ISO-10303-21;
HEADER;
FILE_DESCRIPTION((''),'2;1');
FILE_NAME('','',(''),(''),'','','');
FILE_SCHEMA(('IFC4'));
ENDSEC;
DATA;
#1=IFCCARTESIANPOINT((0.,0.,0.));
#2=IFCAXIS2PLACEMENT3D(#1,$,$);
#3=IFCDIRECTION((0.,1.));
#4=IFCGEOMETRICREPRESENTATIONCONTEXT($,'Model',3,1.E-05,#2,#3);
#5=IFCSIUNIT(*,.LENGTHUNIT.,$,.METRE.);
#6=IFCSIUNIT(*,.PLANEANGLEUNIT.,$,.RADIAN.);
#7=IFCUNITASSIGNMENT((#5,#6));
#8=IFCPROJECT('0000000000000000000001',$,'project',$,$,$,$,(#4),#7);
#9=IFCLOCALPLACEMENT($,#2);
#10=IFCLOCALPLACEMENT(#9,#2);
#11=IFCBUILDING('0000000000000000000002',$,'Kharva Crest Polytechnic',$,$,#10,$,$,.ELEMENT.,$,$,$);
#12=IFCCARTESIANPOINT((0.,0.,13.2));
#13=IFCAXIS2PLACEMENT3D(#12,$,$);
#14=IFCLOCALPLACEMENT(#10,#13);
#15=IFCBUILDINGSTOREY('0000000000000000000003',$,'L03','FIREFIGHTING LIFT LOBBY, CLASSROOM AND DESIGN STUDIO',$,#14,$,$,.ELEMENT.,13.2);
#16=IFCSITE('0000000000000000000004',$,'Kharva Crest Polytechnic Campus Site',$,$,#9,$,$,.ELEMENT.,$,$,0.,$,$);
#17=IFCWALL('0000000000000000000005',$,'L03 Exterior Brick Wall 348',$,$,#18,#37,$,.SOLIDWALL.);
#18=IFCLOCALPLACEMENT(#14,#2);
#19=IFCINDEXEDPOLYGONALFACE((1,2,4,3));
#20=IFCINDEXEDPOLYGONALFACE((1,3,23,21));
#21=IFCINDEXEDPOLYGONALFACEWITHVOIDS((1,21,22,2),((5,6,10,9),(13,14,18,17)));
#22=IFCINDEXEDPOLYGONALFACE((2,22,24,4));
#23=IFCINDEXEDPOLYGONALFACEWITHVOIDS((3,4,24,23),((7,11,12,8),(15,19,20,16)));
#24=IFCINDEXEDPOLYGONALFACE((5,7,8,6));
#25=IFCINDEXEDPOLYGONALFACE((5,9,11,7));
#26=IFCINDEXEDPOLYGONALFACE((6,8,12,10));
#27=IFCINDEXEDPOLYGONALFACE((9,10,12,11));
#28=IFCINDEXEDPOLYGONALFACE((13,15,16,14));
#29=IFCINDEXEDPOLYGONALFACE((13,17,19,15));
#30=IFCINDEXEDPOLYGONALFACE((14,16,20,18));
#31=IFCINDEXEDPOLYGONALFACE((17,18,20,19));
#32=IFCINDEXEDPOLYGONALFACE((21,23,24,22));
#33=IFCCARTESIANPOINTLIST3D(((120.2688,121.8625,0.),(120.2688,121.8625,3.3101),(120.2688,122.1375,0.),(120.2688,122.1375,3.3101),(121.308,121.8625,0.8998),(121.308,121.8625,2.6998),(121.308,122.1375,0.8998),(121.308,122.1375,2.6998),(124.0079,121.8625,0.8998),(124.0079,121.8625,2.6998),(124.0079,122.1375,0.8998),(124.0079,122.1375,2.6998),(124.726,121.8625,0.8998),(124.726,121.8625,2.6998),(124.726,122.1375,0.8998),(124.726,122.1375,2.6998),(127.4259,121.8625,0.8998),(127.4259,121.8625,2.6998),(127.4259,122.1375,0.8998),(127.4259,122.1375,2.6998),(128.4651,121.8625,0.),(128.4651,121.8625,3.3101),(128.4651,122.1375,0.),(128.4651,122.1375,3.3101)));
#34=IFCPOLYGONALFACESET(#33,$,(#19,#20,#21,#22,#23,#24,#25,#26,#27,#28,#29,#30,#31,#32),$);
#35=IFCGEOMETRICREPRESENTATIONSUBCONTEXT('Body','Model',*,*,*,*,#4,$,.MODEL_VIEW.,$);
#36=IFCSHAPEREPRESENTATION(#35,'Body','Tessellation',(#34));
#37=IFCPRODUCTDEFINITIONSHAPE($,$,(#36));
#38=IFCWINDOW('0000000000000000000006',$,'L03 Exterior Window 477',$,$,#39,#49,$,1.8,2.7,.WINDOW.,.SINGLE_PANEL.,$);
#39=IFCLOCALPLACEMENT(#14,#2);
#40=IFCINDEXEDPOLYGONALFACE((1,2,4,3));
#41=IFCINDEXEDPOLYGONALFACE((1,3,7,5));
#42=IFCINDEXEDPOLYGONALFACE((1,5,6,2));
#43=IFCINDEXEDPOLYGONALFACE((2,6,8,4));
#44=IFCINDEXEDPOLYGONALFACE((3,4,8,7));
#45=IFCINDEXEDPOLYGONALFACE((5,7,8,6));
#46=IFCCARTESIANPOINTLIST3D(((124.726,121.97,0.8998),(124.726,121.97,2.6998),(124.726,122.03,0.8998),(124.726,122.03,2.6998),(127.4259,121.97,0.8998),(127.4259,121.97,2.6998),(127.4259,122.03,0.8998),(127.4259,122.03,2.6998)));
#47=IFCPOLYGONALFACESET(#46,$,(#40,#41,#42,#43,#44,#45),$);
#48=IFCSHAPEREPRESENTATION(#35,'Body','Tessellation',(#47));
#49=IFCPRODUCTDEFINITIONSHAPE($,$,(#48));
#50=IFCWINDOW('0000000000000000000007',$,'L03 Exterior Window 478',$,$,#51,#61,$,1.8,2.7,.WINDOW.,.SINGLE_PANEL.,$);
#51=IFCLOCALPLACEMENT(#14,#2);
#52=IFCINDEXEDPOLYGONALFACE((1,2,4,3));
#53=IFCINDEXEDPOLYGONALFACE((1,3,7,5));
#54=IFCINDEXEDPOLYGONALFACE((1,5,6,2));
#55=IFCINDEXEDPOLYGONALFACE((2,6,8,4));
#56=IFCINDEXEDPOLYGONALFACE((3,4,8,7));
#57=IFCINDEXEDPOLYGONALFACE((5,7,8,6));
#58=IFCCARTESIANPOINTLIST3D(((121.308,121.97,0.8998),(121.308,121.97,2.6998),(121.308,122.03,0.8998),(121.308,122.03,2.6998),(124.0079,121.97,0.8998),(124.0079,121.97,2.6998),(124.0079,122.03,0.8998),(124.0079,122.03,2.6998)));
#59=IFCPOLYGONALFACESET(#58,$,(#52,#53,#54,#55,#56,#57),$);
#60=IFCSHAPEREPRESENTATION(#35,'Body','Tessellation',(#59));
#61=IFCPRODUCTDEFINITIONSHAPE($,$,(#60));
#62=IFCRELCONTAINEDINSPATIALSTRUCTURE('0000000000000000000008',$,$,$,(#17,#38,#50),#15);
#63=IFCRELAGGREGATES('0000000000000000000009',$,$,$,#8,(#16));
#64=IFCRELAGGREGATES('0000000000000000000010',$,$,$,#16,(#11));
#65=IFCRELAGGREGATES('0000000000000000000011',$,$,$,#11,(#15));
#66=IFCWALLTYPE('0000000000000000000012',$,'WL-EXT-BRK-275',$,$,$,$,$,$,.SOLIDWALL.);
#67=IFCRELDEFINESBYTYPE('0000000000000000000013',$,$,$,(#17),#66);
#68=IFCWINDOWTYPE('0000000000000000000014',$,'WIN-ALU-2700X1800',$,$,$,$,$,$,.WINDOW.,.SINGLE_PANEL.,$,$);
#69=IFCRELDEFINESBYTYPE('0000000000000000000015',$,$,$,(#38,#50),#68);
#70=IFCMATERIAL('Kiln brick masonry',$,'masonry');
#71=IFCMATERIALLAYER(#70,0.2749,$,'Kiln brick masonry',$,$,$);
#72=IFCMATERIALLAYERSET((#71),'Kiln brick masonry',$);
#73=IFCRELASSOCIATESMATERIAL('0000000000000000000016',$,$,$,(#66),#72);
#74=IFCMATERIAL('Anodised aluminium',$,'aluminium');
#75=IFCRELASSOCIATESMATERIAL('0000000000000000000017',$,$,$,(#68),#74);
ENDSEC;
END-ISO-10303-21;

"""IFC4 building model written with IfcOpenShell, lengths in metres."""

from ifc_helpers import new_model, si_unit, direction, frame, frame_2d, origin, place, context, subcontext, project, spatial, rectangle, extrude, material, layer, layer_set, type_object, element, fill, save


model = new_model("IFC4")

# Units and contexts
model_context = context("Model", 3, precision=1e-05, world=origin(), true_north=direction((0.0, 1.0)))
body_context = subcontext(model_context, "Body", "Model", "MODEL_VIEW")
ifc_project = project(units=[si_unit("LENGTHUNIT", "METRE"), si_unit("PLANEANGLEUNIT", "RADIAN")], contexts=[model_context])

# Site, building, storey
site_placement = place(None, origin())
site = spatial("IfcSite", under=ifc_project, at=site_placement, Name="Kharva Crest Polytechnic Campus Site", CompositionType="ELEMENT", RefElevation=0.0)
building_placement = place(site_placement, origin())
building = spatial("IfcBuilding", under=site, at=building_placement, Name="Kharva Crest Polytechnic", CompositionType="ELEMENT")
storey_placement = place(building_placement, frame((0.0, 0.0, 13.2)))
storey = spatial("IfcBuildingStorey", under=building, at=storey_placement, Name="L03", Description="FIREFIGHTING LIFT LOBBY, CLASSROOM AND DESIGN STUDIO", CompositionType="ELEMENT", Elevation=13.2)

# Wall, openings, windows
ifc_material_1 = material(Name="Kiln brick masonry", Category="masonry")
ifc_layer_1 = layer(ifc_material_1, 0.2749, Name="Kiln brick masonry")
ifc_layer_set_1 = layer_set([ifc_layer_1], Name="Kiln brick masonry")
wall_type = type_object("IfcWallType", Name="WL-EXT-BRK-275", PredefinedType="SOLIDWALL", material=ifc_layer_set_1)
wall_placement = place(storey_placement, frame((128.4651, 122.0, 0.0), z_axis=(0.0, 0.0, 1.0), x_axis=(-1.0, 0.0, 0.0)))
wall = element("IfcWall", 1, at=wall_placement, inside=storey, type_object=wall_type, Name="L03 Exterior Brick Wall 348", PredefinedType="SOLIDWALL", context=body_context, shape_type="SweptSolid", body=[
    extrude(rectangle(XDim=8.1963, YDim=0.2749, at=frame_2d((4.0981, 0.0))), origin(), (0.0, 0.0, 1.0), 3.3101),
])
opening_1_placement = place(wall_placement, frame((1.0391, 0.0, 0.8999)))
opening_1 = element("IfcOpeningElement", 2, at=opening_1_placement, cuts=wall, PredefinedType="OPENING", context=body_context, shape_type="SweptSolid", body=[
    extrude(rectangle(XDim=2.7, YDim=1.8, at=frame_2d((1.3501, 0.8999))), frame((0.0, 0.1475, 0.0), z_axis=(0.0, -1.0, 0.0), x_axis=(1.0, 0.0, 0.0)), (0.0, 0.0, 1.0), 0.2949),
])
opening_2_placement = place(wall_placement, frame((4.457, 0.0, 0.8999)))
opening_2 = element("IfcOpeningElement", 3, at=opening_2_placement, cuts=wall, PredefinedType="OPENING", context=body_context, shape_type="SweptSolid", body=[
    extrude(rectangle(XDim=2.7, YDim=1.8, at=frame_2d((1.3501, 0.8999))), frame((0.0, 0.1475, 0.0), z_axis=(0.0, -1.0, 0.0), x_axis=(1.0, 0.0, 0.0)), (0.0, 0.0, 1.0), 0.2949),
])
ifc_material_2 = material(Name="Anodised aluminium", Category="aluminium")
window_type = type_object("IfcWindowType", Name="WIN-ALU-2700X1800", PartitioningType="SINGLE_PANEL", PredefinedType="WINDOW", material=ifc_material_2)
window_1_placement = place(opening_1_placement, origin())
window_1 = element("IfcWindow", 4, at=window_1_placement, inside=storey, type_object=window_type, Name="L03 Exterior Window 477", OverallHeight=1.8, OverallWidth=2.7, PartitioningType="SINGLE_PANEL", PredefinedType="WINDOW", context=body_context, shape_type="SweptSolid", body=[
    extrude(rectangle(XDim=2.7, YDim=1.8, at=frame_2d((1.3501, 0.8999))), frame((0.0, 0.03, 0.0), z_axis=(0.0, -1.0, 0.0), x_axis=(1.0, 0.0, 0.0)), (0.0, 0.0, 1.0), 0.0601),
])
fill(opening_1, window_1)
window_2_placement = place(opening_2_placement, origin())
window_2 = element("IfcWindow", 5, at=window_2_placement, inside=storey, type_object=window_type, Name="L03 Exterior Window 478", OverallHeight=1.8, OverallWidth=2.7, PartitioningType="SINGLE_PANEL", PredefinedType="WINDOW", context=body_context, shape_type="SweptSolid", body=[
    extrude(rectangle(XDim=2.7, YDim=1.8, at=frame_2d((1.3501, 0.8999))), frame((0.0, 0.03, 0.0), z_axis=(0.0, -1.0, 0.0), x_axis=(1.0, 0.0, 0.0)), (0.0, 0.0, 1.0), 0.0601),
])
fill(opening_2, window_2)

save(model, "model.ifc")
